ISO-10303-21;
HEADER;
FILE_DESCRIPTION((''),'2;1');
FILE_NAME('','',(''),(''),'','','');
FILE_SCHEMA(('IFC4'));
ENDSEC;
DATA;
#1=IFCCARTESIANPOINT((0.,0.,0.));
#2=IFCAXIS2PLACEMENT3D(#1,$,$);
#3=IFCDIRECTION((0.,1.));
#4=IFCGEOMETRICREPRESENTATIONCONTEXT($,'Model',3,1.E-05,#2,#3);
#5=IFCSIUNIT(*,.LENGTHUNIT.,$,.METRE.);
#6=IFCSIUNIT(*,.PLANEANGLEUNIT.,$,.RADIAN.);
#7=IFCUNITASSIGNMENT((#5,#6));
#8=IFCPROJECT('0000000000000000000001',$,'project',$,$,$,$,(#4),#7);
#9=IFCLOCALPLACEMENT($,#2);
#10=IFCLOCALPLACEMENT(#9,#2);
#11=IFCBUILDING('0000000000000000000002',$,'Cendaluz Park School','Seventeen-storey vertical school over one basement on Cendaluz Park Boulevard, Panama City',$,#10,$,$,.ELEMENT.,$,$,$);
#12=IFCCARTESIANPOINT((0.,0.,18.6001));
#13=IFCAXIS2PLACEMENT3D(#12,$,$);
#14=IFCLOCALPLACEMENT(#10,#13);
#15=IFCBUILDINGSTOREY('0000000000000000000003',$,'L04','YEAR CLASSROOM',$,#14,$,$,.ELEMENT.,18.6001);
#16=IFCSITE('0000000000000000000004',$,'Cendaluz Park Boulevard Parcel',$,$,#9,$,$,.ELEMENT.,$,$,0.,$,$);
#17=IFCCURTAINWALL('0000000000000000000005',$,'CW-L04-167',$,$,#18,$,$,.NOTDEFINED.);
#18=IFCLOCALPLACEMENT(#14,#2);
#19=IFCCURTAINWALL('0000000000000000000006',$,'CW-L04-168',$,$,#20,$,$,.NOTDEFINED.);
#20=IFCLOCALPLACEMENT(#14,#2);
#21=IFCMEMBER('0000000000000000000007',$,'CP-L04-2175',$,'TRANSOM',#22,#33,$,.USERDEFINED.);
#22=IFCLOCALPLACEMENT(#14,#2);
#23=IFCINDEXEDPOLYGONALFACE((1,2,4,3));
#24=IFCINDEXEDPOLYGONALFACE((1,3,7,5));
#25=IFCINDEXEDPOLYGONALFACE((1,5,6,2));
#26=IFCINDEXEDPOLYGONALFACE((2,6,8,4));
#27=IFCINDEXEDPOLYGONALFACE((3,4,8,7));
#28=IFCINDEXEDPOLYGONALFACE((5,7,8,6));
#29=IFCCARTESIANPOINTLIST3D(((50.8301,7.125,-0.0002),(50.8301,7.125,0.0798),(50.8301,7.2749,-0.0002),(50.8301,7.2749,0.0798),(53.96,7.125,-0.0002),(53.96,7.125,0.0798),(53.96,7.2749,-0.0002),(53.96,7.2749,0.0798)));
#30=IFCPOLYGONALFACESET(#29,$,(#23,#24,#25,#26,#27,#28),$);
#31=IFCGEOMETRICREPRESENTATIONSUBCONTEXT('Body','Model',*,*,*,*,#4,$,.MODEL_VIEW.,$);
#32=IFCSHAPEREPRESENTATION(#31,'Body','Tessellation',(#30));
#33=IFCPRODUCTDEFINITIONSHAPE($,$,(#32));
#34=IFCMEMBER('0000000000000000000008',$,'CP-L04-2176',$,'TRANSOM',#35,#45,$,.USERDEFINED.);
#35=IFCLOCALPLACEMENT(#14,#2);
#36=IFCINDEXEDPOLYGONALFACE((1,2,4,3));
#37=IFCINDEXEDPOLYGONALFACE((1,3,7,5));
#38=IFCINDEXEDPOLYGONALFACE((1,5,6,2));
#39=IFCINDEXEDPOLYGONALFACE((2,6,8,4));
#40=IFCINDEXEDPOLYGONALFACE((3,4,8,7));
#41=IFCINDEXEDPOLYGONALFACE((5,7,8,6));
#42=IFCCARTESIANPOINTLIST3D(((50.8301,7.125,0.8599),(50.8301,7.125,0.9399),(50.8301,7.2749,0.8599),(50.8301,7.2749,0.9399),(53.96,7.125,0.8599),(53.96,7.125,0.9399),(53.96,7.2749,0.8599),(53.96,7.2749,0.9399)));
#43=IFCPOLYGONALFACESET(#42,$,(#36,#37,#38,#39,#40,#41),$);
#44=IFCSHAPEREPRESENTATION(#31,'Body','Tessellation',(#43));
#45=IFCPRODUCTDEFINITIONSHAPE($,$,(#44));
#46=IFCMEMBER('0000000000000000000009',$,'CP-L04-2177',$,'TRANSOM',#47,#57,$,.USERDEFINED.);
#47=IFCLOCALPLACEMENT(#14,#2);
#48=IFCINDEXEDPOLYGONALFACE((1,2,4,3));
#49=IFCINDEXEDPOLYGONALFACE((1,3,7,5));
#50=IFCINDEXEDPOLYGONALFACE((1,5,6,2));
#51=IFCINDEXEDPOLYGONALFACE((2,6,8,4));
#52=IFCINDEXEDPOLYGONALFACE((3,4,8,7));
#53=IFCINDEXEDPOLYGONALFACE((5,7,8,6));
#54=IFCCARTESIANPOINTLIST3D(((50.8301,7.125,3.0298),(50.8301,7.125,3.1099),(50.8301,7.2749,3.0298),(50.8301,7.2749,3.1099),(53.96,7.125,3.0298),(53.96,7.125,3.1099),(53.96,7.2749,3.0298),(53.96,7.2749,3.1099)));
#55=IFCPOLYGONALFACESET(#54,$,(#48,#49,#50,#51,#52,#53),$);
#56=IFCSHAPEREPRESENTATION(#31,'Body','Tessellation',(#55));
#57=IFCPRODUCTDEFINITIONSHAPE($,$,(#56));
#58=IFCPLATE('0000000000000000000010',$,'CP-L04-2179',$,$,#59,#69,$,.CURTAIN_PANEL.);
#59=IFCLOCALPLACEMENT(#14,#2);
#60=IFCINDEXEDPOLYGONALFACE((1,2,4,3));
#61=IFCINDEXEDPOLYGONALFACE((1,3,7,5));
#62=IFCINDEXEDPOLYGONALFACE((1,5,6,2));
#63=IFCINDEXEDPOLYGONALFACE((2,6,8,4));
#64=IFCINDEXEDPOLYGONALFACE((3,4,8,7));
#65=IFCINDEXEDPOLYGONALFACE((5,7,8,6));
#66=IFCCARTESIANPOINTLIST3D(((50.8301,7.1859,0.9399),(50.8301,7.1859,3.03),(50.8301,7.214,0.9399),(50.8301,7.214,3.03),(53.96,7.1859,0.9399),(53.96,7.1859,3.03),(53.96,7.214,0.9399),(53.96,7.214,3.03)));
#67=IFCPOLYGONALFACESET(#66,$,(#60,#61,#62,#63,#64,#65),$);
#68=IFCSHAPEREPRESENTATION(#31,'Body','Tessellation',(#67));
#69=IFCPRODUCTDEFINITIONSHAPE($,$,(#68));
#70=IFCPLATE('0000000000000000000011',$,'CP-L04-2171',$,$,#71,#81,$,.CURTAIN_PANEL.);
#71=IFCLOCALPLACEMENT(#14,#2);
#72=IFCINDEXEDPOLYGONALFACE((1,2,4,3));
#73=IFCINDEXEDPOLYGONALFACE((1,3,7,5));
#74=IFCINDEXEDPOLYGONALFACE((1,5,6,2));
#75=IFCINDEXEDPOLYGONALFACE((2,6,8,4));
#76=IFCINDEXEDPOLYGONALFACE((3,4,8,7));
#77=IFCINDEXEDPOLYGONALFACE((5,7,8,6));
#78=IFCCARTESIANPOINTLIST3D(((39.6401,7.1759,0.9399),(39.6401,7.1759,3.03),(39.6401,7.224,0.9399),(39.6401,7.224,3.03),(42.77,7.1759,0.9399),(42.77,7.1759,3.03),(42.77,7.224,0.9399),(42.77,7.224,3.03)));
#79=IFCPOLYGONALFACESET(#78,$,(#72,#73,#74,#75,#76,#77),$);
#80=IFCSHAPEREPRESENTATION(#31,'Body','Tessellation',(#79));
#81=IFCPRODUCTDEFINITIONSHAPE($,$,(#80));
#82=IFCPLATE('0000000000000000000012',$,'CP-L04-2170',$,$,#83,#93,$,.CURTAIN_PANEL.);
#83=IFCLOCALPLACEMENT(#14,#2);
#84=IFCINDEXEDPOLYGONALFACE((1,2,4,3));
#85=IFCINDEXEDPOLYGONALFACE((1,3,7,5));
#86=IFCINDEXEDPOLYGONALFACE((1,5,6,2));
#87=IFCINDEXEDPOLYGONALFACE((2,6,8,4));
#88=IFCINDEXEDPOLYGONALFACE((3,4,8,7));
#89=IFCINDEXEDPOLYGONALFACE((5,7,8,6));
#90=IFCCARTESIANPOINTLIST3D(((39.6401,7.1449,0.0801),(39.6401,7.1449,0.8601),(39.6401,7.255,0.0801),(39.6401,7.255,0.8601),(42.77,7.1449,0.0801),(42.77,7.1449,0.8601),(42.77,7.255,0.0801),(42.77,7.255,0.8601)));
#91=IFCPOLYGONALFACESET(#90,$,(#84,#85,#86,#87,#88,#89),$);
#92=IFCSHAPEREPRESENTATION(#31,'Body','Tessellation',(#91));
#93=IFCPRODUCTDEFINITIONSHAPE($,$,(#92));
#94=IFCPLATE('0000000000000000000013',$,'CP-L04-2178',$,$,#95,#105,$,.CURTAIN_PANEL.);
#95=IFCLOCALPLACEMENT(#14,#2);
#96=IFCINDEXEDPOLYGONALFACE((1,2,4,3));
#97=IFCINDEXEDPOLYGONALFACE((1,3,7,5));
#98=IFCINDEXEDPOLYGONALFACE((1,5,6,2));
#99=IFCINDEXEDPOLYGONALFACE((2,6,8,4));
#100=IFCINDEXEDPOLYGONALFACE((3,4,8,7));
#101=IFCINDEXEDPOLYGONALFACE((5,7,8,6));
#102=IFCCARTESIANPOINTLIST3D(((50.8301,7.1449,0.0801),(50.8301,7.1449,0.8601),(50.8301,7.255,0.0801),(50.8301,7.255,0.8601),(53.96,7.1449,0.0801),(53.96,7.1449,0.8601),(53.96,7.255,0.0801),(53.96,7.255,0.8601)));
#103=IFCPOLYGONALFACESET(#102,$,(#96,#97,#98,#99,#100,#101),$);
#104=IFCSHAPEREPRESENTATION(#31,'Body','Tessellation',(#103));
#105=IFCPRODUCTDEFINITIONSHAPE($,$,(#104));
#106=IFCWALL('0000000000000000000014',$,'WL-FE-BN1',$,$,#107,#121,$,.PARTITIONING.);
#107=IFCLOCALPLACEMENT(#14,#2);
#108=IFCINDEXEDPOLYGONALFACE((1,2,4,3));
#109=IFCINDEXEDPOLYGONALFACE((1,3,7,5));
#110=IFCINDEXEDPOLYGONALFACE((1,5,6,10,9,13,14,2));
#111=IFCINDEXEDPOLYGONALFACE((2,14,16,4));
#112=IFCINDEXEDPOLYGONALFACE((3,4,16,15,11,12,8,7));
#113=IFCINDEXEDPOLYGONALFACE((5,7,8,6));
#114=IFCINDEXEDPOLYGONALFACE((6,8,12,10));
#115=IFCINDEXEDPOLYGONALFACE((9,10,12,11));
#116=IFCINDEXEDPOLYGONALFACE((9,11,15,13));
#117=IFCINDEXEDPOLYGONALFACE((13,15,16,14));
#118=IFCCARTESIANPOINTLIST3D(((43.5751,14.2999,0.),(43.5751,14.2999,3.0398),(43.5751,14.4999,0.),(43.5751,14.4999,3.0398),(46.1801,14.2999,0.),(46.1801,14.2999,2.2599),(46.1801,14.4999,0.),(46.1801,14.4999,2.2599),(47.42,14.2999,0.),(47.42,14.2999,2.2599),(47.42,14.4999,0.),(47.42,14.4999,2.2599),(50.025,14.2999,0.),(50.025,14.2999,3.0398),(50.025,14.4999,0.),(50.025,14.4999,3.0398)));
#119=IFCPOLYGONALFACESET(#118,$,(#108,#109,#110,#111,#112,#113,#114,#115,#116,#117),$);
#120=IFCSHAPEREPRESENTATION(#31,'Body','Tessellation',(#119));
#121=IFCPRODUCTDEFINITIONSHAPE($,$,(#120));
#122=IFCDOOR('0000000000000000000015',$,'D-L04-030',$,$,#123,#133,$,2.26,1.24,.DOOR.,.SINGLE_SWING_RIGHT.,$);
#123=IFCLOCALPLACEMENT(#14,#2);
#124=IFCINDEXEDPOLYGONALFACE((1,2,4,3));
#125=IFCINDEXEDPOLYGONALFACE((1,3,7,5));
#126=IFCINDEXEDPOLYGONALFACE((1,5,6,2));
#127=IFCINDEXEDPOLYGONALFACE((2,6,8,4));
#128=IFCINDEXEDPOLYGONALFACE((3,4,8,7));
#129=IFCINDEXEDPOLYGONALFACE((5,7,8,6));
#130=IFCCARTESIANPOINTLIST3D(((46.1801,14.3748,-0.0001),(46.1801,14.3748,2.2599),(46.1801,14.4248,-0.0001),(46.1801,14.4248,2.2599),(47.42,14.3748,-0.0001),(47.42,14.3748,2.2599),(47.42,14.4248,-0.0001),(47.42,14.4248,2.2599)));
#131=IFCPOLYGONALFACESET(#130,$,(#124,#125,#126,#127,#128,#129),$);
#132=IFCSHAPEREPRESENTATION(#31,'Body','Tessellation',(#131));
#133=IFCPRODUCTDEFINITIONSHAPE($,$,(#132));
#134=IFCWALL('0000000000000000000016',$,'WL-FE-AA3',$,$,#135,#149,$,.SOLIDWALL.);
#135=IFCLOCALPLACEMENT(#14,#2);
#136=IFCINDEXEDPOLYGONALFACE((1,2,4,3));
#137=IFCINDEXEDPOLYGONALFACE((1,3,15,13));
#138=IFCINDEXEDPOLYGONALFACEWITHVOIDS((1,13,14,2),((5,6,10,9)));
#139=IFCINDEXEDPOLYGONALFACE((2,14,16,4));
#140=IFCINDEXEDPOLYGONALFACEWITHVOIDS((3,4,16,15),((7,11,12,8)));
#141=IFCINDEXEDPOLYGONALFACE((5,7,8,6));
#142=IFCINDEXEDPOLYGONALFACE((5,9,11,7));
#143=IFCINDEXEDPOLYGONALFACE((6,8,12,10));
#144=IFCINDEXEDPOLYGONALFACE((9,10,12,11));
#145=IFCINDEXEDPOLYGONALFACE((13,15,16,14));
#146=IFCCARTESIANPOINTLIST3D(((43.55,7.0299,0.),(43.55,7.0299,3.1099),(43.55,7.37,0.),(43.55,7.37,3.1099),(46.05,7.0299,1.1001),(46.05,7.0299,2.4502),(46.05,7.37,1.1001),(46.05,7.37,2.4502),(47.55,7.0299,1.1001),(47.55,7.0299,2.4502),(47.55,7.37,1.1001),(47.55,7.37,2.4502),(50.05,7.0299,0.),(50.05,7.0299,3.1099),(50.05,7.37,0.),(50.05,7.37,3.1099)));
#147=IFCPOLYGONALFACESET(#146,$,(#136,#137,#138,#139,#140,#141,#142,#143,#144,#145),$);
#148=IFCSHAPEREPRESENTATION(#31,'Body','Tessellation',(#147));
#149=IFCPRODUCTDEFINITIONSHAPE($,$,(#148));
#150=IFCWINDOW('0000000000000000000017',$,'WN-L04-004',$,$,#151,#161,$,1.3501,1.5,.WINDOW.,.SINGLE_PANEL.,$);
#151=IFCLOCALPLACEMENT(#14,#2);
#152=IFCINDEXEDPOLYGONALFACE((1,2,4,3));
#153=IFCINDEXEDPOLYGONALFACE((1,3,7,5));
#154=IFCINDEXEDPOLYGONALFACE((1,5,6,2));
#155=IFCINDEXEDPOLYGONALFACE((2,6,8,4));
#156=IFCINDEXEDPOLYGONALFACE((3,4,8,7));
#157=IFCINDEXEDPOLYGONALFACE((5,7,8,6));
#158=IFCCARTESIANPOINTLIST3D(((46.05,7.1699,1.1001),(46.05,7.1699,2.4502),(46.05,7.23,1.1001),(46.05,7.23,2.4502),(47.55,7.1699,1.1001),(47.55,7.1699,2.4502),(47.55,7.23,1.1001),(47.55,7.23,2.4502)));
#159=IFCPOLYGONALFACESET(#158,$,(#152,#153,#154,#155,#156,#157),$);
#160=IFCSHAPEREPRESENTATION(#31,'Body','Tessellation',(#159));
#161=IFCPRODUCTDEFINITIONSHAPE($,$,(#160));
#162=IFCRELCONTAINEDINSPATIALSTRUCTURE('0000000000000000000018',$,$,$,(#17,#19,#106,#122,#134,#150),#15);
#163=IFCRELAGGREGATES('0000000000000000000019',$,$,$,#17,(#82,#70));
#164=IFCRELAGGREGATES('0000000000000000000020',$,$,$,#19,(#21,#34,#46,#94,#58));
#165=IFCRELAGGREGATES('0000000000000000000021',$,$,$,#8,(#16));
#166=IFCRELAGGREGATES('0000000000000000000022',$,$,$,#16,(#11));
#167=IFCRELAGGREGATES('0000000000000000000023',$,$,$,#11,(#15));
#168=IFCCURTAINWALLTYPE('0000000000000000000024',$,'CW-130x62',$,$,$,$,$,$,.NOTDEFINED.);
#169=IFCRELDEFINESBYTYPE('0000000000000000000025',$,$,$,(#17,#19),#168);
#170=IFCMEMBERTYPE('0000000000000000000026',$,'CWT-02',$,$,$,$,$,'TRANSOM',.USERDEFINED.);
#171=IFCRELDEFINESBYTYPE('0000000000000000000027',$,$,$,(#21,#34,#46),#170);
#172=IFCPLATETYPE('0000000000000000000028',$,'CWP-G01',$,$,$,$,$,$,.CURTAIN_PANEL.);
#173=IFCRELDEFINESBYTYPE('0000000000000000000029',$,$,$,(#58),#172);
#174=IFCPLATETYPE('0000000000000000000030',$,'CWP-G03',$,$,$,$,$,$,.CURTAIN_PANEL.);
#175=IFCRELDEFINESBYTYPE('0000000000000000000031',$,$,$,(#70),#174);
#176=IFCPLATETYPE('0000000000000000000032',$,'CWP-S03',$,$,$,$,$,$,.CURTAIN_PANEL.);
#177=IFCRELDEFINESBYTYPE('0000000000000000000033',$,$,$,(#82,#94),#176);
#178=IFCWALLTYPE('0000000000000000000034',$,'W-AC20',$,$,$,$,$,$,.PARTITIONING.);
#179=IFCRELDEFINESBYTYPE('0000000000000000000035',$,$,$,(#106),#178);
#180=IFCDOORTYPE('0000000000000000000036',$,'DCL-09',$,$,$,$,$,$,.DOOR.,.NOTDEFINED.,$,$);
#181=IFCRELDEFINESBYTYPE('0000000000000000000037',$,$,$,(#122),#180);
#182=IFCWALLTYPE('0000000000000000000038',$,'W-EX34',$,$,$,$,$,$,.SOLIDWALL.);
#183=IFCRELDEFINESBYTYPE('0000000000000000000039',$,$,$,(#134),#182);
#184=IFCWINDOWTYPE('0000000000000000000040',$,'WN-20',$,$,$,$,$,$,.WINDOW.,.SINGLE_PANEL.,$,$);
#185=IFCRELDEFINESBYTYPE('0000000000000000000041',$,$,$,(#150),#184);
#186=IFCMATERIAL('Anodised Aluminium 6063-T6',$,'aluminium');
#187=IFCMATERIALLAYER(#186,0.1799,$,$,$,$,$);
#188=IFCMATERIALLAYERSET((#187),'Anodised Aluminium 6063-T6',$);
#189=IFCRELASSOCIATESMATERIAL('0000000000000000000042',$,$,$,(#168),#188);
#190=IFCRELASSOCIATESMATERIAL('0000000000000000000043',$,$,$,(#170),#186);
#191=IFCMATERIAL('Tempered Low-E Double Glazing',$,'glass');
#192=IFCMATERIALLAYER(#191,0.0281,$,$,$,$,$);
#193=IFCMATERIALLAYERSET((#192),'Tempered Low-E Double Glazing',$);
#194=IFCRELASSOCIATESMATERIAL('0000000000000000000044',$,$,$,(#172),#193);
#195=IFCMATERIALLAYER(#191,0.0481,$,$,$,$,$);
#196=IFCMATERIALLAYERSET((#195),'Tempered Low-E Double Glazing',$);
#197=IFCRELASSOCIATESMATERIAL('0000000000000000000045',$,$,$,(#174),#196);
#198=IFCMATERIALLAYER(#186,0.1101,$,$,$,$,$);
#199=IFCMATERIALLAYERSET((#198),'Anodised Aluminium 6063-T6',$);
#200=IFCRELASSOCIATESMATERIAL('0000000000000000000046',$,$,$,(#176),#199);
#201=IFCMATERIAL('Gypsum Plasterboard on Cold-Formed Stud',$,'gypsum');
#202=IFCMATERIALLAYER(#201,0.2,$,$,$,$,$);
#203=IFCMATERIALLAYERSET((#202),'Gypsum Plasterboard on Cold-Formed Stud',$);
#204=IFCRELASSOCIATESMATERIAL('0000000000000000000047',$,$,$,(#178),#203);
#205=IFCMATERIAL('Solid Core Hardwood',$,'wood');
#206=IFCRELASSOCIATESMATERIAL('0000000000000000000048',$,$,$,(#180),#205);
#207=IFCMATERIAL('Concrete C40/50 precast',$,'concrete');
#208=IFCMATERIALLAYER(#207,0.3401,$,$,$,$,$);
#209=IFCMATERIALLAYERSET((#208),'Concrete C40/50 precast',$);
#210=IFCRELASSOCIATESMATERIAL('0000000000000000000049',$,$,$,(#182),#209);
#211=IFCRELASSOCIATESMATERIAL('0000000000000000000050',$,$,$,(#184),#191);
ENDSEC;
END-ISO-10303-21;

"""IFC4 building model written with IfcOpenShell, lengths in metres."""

from ifc_helpers import new_model, si_unit, direction, frame, frame_2d, origin, origin_2d, place, context, subcontext, project, spatial, rectangle, extrude, material, layer, layer_set, material_profile, profile_set, type_object, element, fill, aggregate, save


model = new_model("IFC4")

# Units and contexts
model_context = context("Model", 3, precision=1e-05, world=origin(), true_north=direction((0.0, 1.0)))
body_context = subcontext(model_context, "Body", "Model", "MODEL_VIEW")
ifc_project = project(units=[si_unit("LENGTHUNIT", "METRE"), si_unit("PLANEANGLEUNIT", "RADIAN")], contexts=[model_context])

# Site, building, storey
site_placement = place(None, origin())
site = spatial("IfcSite", under=ifc_project, at=site_placement, Name="Cendaluz Park Boulevard Parcel", CompositionType="ELEMENT", RefElevation=0.0)
building_placement = place(site_placement, origin())
building = spatial("IfcBuilding", under=site, at=building_placement, Name="Cendaluz Park School", Description="Seventeen-storey vertical school over one basement on Cendaluz Park Boulevard, Panama City", CompositionType="ELEMENT")
storey_placement = place(building_placement, frame((0.0, 0.0, 18.6001)))
storey = spatial("IfcBuildingStorey", under=building, at=storey_placement, Name="L04", Description="YEAR CLASSROOM", CompositionType="ELEMENT", Elevation=18.6001)

# Curtain wall
ifc_material_1 = material(Name="Anodised Aluminium 6063-T6", Category="aluminium")
ifc_layer_1 = layer(ifc_material_1, 0.1799)
ifc_layer_set_1 = layer_set([ifc_layer_1], Name="Anodised Aluminium 6063-T6")
curtain_wall_type = type_object("IfcCurtainWallType", Name="CW-130x62", PredefinedType="NOTDEFINED", material=ifc_layer_set_1)
curtain_wall_1_placement = place(storey_placement, origin())
curtain_wall_1 = element("IfcCurtainWall", 1, at=curtain_wall_1_placement, inside=storey, type_object=curtain_wall_type, Name="CW-L04-167", PredefinedType="NOTDEFINED")

# Curtain wall
curtain_wall_2_placement = place(storey_placement, origin())
curtain_wall_2 = element("IfcCurtainWall", 2, at=curtain_wall_2_placement, inside=storey, type_object=curtain_wall_type, Name="CW-L04-168", PredefinedType="NOTDEFINED")

# Members
ifc_material_profile_1 = material_profile(ifc_material_1, rectangle(XDim=0.1499, YDim=0.0801, at=origin_2d()), Name="CWT 150x80", Category="aluminium")
ifc_profile_set_1 = profile_set([ifc_material_profile_1], Name="Anodised Aluminium 6063-T6")
member_type_1 = type_object("IfcMemberType", Name="CWT-02", ElementType="TRANSOM", PredefinedType="USERDEFINED", material=ifc_profile_set_1)
member_1_placement = place(storey_placement, frame((50.8301, 7.2, 0.0398), z_axis=(1.0, 0.0, 0.0), x_axis=(0.0, 1.0, 0.0)))
member_1 = element("IfcMember", 3, at=member_1_placement, type_object=member_type_1, Name="CP-L04-2175", ObjectType="TRANSOM", PredefinedType="USERDEFINED", context=body_context, shape_type="SweptSolid", body=[
    extrude(rectangle(XDim=0.1499, YDim=0.0801, at=origin_2d()), origin(), (0.0, 0.0, 1.0), 3.1299),
])
member_2_placement = place(storey_placement, frame((50.8301, 7.2, 0.8999), z_axis=(1.0, 0.0, 0.0), x_axis=(0.0, 1.0, 0.0)))
member_2 = element("IfcMember", 4, at=member_2_placement, type_object=member_type_1, Name="CP-L04-2176", ObjectType="TRANSOM", PredefinedType="USERDEFINED", context=body_context, shape_type="SweptSolid", body=[
    extrude(rectangle(XDim=0.1499, YDim=0.0801, at=origin_2d()), origin(), (0.0, 0.0, 1.0), 3.1299),
])
member_3_placement = place(storey_placement, frame((50.8301, 7.2, 3.0698), z_axis=(1.0, 0.0, 0.0), x_axis=(0.0, 1.0, 0.0)))
member_3 = element("IfcMember", 5, at=member_3_placement, type_object=member_type_1, Name="CP-L04-2177", ObjectType="TRANSOM", PredefinedType="USERDEFINED", context=body_context, shape_type="SweptSolid", body=[
    extrude(rectangle(XDim=0.1499, YDim=0.0801, at=origin_2d()), origin(), (0.0, 0.0, 1.0), 3.1299),
])

# Plates
ifc_material_2 = material(Name="Tempered Low-E Double Glazing", Category="glass")
ifc_layer_2 = layer(ifc_material_2, 0.0281)
ifc_layer_set_2 = layer_set([ifc_layer_2], Name="Tempered Low-E Double Glazing")
plate_type_1 = type_object("IfcPlateType", Name="CWP-G01", PredefinedType="CURTAIN_PANEL", material=ifc_layer_set_2)
plate_1_placement = place(storey_placement, frame((52.395, 7.2, 0.9399), z_axis=(0.0, 0.0, 1.0), x_axis=(1.0, 0.0, 0.0)))
plate_1 = element("IfcPlate", 6, at=plate_1_placement, type_object=plate_type_1, Name="CP-L04-2179", PredefinedType="CURTAIN_PANEL", context=body_context, shape_type="SweptSolid", body=[
    extrude(rectangle(XDim=3.1299, YDim=0.0281, at=origin_2d()), origin(), (0.0, 0.0, 1.0), 2.0901),
])
ifc_layer_3 = layer(ifc_material_2, 0.0481)
ifc_layer_set_3 = layer_set([ifc_layer_3], Name="Tempered Low-E Double Glazing")
plate_type_2 = type_object("IfcPlateType", Name="CWP-G03", PredefinedType="CURTAIN_PANEL", material=ifc_layer_set_3)
plate_2_placement = place(storey_placement, frame((41.2051, 7.2, 0.9399), z_axis=(0.0, 0.0, 1.0), x_axis=(1.0, 0.0, 0.0)))
plate_2 = element("IfcPlate", 7, at=plate_2_placement, type_object=plate_type_2, Name="CP-L04-2171", PredefinedType="CURTAIN_PANEL", context=body_context, shape_type="SweptSolid", body=[
    extrude(rectangle(XDim=3.1299, YDim=0.0481, at=origin_2d()), origin(), (0.0, 0.0, 1.0), 2.0901),
])
ifc_layer_4 = layer(ifc_material_1, 0.1101)
ifc_layer_set_4 = layer_set([ifc_layer_4], Name="Anodised Aluminium 6063-T6")
plate_type_3 = type_object("IfcPlateType", Name="CWP-S03", PredefinedType="CURTAIN_PANEL", material=ifc_layer_set_4)
plate_3_placement = place(storey_placement, frame((41.2051, 7.2, 0.0801), z_axis=(0.0, 0.0, 1.0), x_axis=(1.0, 0.0, 0.0)))
plate_3 = element("IfcPlate", 8, at=plate_3_placement, type_object=plate_type_3, Name="CP-L04-2170", PredefinedType="CURTAIN_PANEL", context=body_context, shape_type="SweptSolid", body=[
    extrude(rectangle(XDim=3.1299, YDim=0.1101, at=origin_2d()), origin(), (0.0, 0.0, 1.0), 0.78),
])
aggregate(curtain_wall_1, [plate_3, plate_2])
plate_4_placement = place(storey_placement, frame((52.395, 7.2, 0.0801), z_axis=(0.0, 0.0, 1.0), x_axis=(1.0, 0.0, 0.0)))
plate_4 = element("IfcPlate", 9, at=plate_4_placement, type_object=plate_type_3, Name="CP-L04-2178", PredefinedType="CURTAIN_PANEL", context=body_context, shape_type="SweptSolid", body=[
    extrude(rectangle(XDim=3.1299, YDim=0.1101, at=origin_2d()), origin(), (0.0, 0.0, 1.0), 0.78),
])
aggregate(curtain_wall_2, [member_1, member_2, member_3, plate_4, plate_1])

# Wall, opening, door
ifc_material_3 = material(Name="Gypsum Plasterboard on Cold-Formed Stud", Category="gypsum")
ifc_layer_5 = layer(ifc_material_3, 0.2)
ifc_layer_set_5 = layer_set([ifc_layer_5], Name="Gypsum Plasterboard on Cold-Formed Stud")
wall_type_1 = type_object("IfcWallType", Name="W-AC20", PredefinedType="PARTITIONING", material=ifc_layer_set_5)
wall_1_placement = place(storey_placement, frame((43.575, 14.3999, 0.0), z_axis=(0.0, 0.0, 1.0), x_axis=(1.0, 0.0, 0.0)))
wall_1 = element("IfcWall", 10, at=wall_1_placement, inside=storey, type_object=wall_type_1, Name="WL-FE-BN1", PredefinedType="PARTITIONING", context=body_context, shape_type="SweptSolid", body=[
    extrude(rectangle(XDim=6.45, YDim=0.2, at=frame_2d((3.2251, 0.0))), origin(), (0.0, 0.0, 1.0), 3.0398),
])
opening_1_placement = place(wall_1_placement, frame((2.605, 0.0, 0.0)))
opening_1 = element("IfcOpeningElement", 11, at=opening_1_placement, cuts=wall_1, PredefinedType="OPENING", context=body_context, shape_type="SweptSolid", body=[
    extrude(rectangle(XDim=1.24, YDim=2.26, at=frame_2d((0.6201, 1.1299))), frame((0.0, 0.1121, 0.0), z_axis=(0.0, -1.0, 0.0), x_axis=(1.0, 0.0, 0.0)), (0.0, 0.0, 1.0), 0.2239),
])
ifc_material_4 = material(Name="Solid Core Hardwood", Category="wood")
door_type_1 = type_object("IfcDoorType", Name="DCL-09", OperationType="NOTDEFINED", PredefinedType="DOOR", material=ifc_material_4)
door_1_placement = place(opening_1_placement, origin())
door_1 = element("IfcDoor", 12, at=door_1_placement, inside=storey, type_object=door_type_1, Name="D-L04-030", OperationType="SINGLE_SWING_RIGHT", OverallHeight=2.26, OverallWidth=1.24, PredefinedType="DOOR", context=body_context, shape_type="SweptSolid", body=[
    extrude(rectangle(XDim=1.24, YDim=2.26, at=frame_2d((0.6201, 1.1299))), frame((0.0, 0.0249, 0.0), z_axis=(0.0, -1.0, 0.0), x_axis=(1.0, 0.0, 0.0)), (0.0, 0.0, 1.0), 0.05),
])
fill(opening_1, door_1)

# Wall, opening, window
ifc_material_5 = material(Name="Concrete C40/50 precast", Category="concrete")
ifc_layer_6 = layer(ifc_material_5, 0.3401)
ifc_layer_set_6 = layer_set([ifc_layer_6], Name="Concrete C40/50 precast")
wall_type_2 = type_object("IfcWallType", Name="W-EX34", PredefinedType="SOLIDWALL", material=ifc_layer_set_6)
wall_2_placement = place(storey_placement, frame((43.55, 7.2, 0.0), z_axis=(0.0, 0.0, 1.0), x_axis=(1.0, 0.0, 0.0)))
wall_2 = element("IfcWall", 13, at=wall_2_placement, inside=storey, type_object=wall_type_2, Name="WL-FE-AA3", PredefinedType="SOLIDWALL", context=body_context, shape_type="SweptSolid", body=[
    extrude(rectangle(XDim=6.5, YDim=0.3401, at=frame_2d((3.25, 0.0))), origin(), (0.0, 0.0, 1.0), 3.1099),
])
opening_2_placement = place(wall_2_placement, frame((2.5, 0.0, 1.1001)))
opening_2 = element("IfcOpeningElement", 14, at=opening_2_placement, cuts=wall_2, PredefinedType="OPENING", context=body_context, shape_type="SweptSolid", body=[
    extrude(rectangle(XDim=1.5, YDim=1.3501, at=frame_2d((0.75, 0.675))), frame((0.0, 0.1821, 0.0), z_axis=(0.0, -1.0, 0.0), x_axis=(1.0, 0.0, 0.0)), (0.0, 0.0, 1.0), 0.364),
])
window_type = type_object("IfcWindowType", Name="WN-20", PartitioningType="SINGLE_PANEL", PredefinedType="WINDOW", material=ifc_material_2)
window_placement = place(opening_2_placement, origin())
window = element("IfcWindow", 15, at=window_placement, inside=storey, type_object=window_type, Name="WN-L04-004", OverallHeight=1.3501, OverallWidth=1.5, PartitioningType="SINGLE_PANEL", PredefinedType="WINDOW", context=body_context, shape_type="SweptSolid", body=[
    extrude(rectangle(XDim=1.5, YDim=1.3501, at=frame_2d((0.75, 0.675))), frame((0.0, 0.03, 0.0), z_axis=(0.0, -1.0, 0.0), x_axis=(1.0, 0.0, 0.0)), (0.0, 0.0, 1.0), 0.0601),
])
fill(opening_2, window)

save(model, "model.ifc")
